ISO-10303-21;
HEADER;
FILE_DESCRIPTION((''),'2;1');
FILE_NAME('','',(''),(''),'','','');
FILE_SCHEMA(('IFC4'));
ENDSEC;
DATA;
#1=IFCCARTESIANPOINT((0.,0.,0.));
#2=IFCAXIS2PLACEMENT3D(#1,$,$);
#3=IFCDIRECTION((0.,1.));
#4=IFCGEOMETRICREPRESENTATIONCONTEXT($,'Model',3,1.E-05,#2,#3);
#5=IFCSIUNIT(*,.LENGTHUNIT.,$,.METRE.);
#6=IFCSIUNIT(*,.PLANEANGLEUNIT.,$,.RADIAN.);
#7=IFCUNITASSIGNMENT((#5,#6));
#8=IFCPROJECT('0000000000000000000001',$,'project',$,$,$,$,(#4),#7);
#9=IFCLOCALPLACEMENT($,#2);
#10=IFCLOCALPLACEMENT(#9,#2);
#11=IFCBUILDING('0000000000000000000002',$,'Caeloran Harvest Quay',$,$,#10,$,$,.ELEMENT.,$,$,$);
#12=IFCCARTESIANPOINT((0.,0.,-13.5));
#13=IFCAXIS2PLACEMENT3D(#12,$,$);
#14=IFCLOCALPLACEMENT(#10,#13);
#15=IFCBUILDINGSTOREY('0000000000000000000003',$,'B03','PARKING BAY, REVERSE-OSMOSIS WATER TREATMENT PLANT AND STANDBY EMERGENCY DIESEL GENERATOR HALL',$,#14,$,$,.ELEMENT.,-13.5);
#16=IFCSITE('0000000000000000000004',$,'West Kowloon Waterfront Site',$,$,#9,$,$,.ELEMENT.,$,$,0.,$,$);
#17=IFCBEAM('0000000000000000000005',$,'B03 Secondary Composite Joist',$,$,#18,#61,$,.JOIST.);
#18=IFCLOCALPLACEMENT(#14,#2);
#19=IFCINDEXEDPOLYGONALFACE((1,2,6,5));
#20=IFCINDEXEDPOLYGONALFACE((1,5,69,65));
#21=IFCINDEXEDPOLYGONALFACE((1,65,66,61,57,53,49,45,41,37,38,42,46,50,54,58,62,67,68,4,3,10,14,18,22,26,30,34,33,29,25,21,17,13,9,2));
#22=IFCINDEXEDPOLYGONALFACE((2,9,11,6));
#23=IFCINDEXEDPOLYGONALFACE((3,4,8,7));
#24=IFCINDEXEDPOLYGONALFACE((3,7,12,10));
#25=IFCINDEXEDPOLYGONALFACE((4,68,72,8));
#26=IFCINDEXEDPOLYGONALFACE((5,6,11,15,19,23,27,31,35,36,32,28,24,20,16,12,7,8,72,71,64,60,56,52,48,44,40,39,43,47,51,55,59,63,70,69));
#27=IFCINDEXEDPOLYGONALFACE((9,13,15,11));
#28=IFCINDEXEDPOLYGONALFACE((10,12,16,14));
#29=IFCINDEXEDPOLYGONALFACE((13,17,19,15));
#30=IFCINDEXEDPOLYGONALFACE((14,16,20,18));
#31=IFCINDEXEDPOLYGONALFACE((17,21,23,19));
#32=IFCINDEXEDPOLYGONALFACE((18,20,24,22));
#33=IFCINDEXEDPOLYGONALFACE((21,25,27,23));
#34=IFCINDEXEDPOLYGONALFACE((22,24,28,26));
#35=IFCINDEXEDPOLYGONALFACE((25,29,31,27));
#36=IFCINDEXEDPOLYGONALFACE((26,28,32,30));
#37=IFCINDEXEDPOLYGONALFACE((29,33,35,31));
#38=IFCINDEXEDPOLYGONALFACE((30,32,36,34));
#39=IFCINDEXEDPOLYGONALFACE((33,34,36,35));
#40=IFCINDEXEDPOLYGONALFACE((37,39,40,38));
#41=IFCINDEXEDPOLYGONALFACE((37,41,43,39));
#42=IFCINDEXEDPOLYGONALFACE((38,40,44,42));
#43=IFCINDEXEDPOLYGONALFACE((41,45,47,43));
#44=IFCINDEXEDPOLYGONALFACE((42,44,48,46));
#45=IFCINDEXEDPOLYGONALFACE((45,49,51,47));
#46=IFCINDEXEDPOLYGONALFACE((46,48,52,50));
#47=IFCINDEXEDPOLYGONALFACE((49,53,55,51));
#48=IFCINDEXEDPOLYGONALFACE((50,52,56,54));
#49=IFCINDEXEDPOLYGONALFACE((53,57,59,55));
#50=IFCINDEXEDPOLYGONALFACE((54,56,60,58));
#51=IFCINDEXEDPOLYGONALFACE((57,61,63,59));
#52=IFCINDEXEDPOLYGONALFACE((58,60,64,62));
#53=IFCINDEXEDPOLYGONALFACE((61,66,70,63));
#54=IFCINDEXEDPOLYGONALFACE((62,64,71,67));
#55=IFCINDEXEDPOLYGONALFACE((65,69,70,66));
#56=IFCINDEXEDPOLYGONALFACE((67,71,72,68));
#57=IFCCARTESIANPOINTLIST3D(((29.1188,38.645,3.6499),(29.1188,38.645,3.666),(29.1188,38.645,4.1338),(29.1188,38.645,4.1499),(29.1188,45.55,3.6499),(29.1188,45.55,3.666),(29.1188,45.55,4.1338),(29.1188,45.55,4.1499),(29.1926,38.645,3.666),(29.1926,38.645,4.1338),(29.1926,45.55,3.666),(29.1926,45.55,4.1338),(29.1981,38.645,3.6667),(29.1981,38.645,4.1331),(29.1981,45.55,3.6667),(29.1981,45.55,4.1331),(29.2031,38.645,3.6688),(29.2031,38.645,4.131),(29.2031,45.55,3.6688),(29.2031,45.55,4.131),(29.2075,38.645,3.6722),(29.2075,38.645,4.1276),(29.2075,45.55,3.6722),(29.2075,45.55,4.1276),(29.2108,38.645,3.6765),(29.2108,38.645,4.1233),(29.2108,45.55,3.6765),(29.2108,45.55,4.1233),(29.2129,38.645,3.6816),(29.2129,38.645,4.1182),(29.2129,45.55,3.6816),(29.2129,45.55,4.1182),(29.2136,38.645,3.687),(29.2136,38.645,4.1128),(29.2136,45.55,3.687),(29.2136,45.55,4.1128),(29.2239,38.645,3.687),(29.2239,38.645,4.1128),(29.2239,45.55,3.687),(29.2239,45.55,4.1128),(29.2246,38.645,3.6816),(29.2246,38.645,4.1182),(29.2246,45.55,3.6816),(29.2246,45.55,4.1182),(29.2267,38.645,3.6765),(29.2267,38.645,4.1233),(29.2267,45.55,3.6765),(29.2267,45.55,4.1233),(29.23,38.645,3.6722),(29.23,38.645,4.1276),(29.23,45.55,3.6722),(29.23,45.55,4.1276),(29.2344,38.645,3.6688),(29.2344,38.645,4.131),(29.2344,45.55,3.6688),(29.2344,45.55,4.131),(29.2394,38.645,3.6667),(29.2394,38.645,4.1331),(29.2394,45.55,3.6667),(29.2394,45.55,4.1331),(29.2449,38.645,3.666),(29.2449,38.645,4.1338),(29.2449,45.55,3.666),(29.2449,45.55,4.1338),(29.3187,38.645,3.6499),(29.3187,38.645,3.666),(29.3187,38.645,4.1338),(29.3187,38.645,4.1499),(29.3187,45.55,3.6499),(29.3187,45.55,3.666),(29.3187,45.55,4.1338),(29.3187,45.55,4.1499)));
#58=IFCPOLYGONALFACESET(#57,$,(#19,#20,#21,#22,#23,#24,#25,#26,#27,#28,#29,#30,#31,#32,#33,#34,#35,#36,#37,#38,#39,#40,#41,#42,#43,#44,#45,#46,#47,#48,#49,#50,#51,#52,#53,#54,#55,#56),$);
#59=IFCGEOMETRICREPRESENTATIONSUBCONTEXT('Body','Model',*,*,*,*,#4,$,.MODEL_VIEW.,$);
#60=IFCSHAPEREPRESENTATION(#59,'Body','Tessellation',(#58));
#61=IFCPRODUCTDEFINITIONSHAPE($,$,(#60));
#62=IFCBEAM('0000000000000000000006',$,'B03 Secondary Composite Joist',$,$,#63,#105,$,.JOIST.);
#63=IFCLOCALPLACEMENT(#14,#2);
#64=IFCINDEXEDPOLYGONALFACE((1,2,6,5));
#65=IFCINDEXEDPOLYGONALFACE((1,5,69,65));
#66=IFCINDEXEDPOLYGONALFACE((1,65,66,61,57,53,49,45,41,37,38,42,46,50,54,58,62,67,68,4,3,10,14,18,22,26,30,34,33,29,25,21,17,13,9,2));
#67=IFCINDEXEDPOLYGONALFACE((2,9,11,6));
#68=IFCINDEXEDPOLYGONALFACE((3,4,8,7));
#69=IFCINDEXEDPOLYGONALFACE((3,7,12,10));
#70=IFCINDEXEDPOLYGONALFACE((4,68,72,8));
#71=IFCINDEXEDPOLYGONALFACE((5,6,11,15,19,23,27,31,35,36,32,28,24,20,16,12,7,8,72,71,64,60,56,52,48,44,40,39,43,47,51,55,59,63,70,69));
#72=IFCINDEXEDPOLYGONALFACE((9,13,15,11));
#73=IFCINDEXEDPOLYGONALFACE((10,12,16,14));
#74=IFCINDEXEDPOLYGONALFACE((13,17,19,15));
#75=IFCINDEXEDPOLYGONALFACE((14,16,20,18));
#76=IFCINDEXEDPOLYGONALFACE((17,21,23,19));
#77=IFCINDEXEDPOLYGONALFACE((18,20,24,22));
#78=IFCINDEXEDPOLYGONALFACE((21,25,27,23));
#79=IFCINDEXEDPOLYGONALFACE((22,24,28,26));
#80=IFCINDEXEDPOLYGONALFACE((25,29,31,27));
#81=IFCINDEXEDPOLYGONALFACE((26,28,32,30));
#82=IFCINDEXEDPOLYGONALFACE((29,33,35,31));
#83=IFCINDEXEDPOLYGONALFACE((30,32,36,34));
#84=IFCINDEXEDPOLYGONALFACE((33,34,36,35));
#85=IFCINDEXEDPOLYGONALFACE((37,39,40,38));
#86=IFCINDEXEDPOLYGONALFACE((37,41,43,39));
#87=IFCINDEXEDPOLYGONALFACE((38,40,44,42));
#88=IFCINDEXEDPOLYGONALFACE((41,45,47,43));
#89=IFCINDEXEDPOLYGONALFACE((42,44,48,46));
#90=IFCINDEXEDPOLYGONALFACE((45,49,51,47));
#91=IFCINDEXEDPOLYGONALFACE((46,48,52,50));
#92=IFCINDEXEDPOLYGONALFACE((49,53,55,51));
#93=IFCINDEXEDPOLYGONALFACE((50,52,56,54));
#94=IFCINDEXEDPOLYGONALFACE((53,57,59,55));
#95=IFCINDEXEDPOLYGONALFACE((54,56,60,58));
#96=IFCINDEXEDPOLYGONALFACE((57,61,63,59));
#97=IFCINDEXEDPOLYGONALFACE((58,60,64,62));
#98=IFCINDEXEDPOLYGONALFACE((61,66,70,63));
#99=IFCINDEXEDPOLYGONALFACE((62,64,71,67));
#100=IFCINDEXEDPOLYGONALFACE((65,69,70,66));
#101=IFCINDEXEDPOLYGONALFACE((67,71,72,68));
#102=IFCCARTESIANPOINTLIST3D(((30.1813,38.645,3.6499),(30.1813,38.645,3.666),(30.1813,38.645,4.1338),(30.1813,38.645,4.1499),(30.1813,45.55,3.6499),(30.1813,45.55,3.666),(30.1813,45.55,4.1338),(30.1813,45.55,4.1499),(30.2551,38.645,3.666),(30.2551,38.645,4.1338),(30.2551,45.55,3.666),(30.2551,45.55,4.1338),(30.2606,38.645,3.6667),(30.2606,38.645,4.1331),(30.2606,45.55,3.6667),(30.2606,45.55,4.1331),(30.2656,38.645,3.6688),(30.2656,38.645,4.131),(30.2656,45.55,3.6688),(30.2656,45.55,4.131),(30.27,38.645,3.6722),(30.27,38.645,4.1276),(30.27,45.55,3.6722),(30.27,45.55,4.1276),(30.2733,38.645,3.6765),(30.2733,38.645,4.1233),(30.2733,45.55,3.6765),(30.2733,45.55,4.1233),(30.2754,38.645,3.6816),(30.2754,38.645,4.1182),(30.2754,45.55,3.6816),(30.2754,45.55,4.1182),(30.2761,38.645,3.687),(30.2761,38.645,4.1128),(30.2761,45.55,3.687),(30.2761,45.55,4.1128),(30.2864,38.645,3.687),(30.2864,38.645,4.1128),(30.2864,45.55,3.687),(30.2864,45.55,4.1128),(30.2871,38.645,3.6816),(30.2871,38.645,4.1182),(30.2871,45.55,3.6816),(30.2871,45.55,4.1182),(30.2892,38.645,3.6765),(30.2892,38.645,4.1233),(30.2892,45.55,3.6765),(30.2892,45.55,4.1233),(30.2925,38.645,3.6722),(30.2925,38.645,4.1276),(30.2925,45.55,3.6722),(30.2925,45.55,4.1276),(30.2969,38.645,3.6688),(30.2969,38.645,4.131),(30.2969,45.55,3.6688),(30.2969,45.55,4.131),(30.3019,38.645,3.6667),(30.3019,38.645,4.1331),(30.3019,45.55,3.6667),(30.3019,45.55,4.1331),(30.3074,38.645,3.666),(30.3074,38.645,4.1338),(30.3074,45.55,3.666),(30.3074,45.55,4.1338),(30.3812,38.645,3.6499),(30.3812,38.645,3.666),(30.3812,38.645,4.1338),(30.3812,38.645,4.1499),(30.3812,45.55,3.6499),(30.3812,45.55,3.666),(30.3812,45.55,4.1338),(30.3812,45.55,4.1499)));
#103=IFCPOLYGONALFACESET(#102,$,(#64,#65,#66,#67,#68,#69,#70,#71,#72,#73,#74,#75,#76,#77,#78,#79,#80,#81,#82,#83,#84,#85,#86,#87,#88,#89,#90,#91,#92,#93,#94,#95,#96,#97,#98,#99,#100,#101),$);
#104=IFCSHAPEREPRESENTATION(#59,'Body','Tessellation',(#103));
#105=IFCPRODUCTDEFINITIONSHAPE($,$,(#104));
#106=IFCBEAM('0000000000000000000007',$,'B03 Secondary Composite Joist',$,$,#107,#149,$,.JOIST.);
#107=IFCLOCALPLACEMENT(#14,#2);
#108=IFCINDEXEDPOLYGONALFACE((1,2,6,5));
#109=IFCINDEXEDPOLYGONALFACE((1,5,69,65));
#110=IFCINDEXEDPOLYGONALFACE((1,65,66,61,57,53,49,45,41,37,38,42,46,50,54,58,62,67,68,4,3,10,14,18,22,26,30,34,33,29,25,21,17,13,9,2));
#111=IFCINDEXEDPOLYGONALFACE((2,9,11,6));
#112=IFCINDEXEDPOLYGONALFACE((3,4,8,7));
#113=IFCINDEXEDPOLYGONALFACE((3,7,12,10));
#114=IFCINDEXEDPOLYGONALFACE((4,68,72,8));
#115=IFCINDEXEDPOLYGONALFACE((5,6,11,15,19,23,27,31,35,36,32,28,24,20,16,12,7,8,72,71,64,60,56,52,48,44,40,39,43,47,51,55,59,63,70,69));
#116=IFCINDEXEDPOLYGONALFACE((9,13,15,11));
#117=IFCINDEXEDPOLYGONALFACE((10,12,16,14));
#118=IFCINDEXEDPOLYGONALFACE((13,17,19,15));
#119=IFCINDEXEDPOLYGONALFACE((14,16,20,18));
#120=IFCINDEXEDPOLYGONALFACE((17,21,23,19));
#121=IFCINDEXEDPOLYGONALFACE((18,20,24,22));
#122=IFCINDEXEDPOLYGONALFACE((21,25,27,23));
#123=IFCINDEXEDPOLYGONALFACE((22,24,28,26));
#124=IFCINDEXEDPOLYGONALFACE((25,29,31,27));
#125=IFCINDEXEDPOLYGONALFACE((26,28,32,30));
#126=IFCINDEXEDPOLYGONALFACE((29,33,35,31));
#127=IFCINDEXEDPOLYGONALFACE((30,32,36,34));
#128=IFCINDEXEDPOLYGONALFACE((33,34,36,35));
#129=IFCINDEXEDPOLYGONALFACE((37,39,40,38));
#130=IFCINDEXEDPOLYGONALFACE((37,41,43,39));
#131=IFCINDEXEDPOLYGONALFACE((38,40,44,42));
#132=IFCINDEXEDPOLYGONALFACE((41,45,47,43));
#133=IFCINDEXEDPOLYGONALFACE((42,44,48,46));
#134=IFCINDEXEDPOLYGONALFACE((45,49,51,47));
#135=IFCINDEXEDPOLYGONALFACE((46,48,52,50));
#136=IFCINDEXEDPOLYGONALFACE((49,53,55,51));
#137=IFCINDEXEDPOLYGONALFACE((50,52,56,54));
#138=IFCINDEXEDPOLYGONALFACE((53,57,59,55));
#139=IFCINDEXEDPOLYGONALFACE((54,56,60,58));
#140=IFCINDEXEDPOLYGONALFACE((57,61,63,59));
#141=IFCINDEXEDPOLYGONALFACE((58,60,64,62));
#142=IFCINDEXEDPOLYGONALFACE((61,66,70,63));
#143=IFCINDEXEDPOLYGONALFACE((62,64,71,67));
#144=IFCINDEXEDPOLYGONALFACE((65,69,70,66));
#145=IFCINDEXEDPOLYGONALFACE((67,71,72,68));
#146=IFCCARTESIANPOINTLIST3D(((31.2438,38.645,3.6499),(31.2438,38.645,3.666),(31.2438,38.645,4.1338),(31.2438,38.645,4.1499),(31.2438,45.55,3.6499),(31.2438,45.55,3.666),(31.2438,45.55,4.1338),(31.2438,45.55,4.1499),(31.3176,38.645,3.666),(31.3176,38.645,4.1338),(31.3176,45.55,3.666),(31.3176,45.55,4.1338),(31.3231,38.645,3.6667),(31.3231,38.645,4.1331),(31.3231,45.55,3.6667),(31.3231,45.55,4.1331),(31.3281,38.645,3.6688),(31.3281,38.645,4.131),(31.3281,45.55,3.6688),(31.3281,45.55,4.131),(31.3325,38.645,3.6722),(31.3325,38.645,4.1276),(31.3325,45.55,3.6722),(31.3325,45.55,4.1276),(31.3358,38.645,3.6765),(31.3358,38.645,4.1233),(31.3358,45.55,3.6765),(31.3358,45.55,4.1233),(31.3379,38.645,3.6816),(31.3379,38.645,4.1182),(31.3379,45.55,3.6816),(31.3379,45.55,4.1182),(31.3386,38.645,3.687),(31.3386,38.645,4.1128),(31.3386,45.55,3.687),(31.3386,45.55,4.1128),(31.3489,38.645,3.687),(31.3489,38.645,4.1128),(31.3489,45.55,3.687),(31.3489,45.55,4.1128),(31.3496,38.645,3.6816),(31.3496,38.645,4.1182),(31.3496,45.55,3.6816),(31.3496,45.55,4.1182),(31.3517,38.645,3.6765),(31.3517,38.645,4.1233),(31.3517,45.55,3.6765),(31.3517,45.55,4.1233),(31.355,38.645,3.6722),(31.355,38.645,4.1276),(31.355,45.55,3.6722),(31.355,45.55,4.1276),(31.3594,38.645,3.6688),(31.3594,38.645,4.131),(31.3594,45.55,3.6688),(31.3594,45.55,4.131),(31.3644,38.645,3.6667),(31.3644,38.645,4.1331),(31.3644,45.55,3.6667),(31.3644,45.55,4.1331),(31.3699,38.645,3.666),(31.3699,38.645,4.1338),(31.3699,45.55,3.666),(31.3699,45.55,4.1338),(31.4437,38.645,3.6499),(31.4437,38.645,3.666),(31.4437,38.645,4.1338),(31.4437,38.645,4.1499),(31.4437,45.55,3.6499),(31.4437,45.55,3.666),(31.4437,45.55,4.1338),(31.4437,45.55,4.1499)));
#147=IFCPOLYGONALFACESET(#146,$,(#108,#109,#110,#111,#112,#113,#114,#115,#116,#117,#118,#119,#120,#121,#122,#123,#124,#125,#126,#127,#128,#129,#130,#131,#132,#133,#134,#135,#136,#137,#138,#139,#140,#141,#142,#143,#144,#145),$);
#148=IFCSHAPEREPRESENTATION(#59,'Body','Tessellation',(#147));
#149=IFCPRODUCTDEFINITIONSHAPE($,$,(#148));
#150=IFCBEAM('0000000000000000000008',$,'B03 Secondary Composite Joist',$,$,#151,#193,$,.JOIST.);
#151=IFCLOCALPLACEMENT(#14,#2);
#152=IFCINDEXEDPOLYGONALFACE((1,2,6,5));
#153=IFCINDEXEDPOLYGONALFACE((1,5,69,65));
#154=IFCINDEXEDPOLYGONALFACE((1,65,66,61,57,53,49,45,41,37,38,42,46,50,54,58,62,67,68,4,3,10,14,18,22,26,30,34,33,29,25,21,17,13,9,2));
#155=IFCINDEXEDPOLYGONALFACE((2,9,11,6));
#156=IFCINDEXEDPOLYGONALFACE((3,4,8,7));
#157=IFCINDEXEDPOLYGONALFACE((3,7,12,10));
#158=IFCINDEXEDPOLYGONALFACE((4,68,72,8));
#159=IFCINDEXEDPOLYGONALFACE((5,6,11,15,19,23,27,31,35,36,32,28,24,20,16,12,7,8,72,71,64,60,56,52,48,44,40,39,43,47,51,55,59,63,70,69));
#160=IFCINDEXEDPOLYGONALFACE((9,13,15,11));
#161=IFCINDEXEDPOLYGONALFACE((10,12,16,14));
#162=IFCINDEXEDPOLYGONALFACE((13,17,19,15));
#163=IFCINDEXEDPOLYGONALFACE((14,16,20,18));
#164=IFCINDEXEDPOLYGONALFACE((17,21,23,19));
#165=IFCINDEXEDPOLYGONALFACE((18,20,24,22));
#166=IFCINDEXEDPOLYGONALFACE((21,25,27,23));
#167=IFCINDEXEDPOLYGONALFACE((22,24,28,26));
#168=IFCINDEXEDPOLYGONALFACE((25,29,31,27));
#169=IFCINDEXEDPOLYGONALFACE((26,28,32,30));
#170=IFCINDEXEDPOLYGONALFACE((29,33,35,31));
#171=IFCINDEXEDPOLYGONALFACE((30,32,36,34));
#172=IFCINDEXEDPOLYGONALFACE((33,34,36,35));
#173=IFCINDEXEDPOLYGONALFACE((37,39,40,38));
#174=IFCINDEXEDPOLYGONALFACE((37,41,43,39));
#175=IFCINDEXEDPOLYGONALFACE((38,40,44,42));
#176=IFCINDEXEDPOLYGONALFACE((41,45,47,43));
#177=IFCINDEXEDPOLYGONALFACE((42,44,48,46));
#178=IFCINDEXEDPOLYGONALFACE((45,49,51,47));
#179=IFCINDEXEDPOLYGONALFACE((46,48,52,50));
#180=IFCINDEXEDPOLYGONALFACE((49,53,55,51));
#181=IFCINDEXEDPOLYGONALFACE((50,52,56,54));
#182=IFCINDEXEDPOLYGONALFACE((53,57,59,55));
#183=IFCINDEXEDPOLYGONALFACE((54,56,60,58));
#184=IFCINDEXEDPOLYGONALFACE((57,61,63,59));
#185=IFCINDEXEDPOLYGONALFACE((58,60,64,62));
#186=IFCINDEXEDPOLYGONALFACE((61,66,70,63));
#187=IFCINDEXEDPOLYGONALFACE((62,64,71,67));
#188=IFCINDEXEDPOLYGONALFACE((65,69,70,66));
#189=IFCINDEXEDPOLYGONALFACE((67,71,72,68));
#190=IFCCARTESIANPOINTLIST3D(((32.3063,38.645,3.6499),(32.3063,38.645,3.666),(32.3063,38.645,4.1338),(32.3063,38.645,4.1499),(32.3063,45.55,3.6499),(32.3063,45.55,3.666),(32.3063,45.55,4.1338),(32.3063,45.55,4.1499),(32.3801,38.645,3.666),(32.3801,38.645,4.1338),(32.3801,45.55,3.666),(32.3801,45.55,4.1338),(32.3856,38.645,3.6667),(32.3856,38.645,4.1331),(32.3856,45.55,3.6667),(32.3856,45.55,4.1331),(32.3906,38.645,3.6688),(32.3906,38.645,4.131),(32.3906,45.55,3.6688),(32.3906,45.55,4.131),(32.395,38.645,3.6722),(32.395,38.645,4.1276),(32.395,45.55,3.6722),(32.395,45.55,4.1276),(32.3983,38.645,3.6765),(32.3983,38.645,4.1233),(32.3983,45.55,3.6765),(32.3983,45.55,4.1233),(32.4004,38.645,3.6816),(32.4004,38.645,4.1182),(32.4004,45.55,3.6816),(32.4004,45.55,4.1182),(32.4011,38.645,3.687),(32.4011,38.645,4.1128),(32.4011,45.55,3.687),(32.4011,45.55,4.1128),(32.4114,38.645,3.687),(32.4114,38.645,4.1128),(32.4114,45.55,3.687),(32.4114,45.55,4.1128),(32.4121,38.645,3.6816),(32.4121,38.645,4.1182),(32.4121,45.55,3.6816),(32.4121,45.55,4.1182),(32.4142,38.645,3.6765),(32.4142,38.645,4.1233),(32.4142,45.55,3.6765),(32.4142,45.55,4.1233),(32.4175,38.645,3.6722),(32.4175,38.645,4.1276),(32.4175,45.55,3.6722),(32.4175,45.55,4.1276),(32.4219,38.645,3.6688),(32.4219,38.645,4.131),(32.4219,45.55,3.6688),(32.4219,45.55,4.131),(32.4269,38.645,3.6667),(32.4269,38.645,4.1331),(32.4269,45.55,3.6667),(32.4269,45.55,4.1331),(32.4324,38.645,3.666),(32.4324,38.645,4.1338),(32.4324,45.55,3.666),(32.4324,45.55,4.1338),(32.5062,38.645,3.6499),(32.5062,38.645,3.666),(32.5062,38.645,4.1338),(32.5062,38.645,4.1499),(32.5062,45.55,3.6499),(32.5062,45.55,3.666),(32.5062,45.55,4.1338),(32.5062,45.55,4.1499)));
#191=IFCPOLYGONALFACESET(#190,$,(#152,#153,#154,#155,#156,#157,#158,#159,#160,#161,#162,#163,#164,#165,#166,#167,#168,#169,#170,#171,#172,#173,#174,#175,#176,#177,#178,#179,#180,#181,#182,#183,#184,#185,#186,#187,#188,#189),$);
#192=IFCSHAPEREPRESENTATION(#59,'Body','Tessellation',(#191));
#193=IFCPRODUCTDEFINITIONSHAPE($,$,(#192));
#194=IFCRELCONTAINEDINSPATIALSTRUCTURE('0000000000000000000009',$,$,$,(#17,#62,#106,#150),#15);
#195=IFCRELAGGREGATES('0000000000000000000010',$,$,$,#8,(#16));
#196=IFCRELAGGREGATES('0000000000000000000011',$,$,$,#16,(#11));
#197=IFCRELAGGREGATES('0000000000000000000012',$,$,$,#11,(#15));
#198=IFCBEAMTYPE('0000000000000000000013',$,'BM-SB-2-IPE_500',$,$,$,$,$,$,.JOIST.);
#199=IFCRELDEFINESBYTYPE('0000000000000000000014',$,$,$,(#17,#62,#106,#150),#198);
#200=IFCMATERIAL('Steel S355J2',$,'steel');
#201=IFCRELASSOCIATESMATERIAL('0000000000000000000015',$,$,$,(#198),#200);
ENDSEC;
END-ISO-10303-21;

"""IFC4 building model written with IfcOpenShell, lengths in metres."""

from ifc_helpers import new_model, si_unit, direction, frame, origin, origin_2d, place, context, subcontext, project, spatial, i_section, extrude, material, material_profile, profile_set, type_object, element, save


model = new_model("IFC4")

# Units and contexts
model_context = context("Model", 3, precision=1e-05, world=origin(), true_north=direction((0.0, 1.0)))
body_context = subcontext(model_context, "Body", "Model", "MODEL_VIEW")
ifc_project = project(units=[si_unit("LENGTHUNIT", "METRE"), si_unit("PLANEANGLEUNIT", "RADIAN")], contexts=[model_context])

# Site, building, storey
site_placement = place(None, origin())
site = spatial("IfcSite", under=ifc_project, at=site_placement, Name="West Kowloon Waterfront Site", CompositionType="ELEMENT", RefElevation=0.0)
building_placement = place(site_placement, origin())
building = spatial("IfcBuilding", under=site, at=building_placement, Name="Caeloran Harvest Quay", CompositionType="ELEMENT")
storey_placement = place(building_placement, frame((0.0, 0.0, -13.5)))
storey = spatial("IfcBuildingStorey", under=building, at=storey_placement, Name="B03", Description="PARKING BAY, REVERSE-OSMOSIS WATER TREATMENT PLANT AND STANDBY EMERGENCY DIESEL GENERATOR HALL", CompositionType="ELEMENT", Elevation=-13.5)

# Beams
ifc_material_1 = material(Name="Steel S355J2", Category="steel")
ifc_material_profile_1 = material_profile(ifc_material_1, i_section(OverallWidth=0.2, OverallDepth=0.5, WebThickness=0.0103, FlangeThickness=0.0161, FilletRadius=0.021, at=origin_2d()), Name="IPE 500")
ifc_profile_set_1 = profile_set([ifc_material_profile_1], Name="Steel S355J2")
beam_type_1 = type_object("IfcBeamType", Name="BM-SB-2-IPE_500", PredefinedType="JOIST", material=ifc_profile_set_1)
for number, where, z_axis, x_axis, name in (
    (1, (29.2188, 38.645, 3.8999), (0.0, 1.0, 0.0), (-1.0, 0.0, 0.0), "B03 Secondary Composite Joist"),
    (2, (30.2812, 38.645, 3.8999), (0.0, 1.0, 0.0), (-1.0, 0.0, 0.0), "B03 Secondary Composite Joist"),
    (3, (31.3438, 38.645, 3.8999), (0.0, 1.0, 0.0), (-1.0, 0.0, 0.0), "B03 Secondary Composite Joist"),
    (4, (32.4062, 38.645, 3.8999), (0.0, 1.0, 0.0), (-1.0, 0.0, 0.0), "B03 Secondary Composite Joist"),
):
    element("IfcBeam", number, at=place(storey_placement, frame(where, z_axis=z_axis, x_axis=x_axis)), inside=storey, type_object=beam_type_1, Name=name, PredefinedType="JOIST", context=body_context, shape_type="SweptSolid", body=[
        extrude(i_section(OverallWidth=0.2, OverallDepth=0.5, WebThickness=0.0103, FlangeThickness=0.0161, FilletRadius=0.021, at=origin_2d()), origin(), (0.0, 0.0, 1.0), 6.905),
    ])

save(model, "model.ifc")
